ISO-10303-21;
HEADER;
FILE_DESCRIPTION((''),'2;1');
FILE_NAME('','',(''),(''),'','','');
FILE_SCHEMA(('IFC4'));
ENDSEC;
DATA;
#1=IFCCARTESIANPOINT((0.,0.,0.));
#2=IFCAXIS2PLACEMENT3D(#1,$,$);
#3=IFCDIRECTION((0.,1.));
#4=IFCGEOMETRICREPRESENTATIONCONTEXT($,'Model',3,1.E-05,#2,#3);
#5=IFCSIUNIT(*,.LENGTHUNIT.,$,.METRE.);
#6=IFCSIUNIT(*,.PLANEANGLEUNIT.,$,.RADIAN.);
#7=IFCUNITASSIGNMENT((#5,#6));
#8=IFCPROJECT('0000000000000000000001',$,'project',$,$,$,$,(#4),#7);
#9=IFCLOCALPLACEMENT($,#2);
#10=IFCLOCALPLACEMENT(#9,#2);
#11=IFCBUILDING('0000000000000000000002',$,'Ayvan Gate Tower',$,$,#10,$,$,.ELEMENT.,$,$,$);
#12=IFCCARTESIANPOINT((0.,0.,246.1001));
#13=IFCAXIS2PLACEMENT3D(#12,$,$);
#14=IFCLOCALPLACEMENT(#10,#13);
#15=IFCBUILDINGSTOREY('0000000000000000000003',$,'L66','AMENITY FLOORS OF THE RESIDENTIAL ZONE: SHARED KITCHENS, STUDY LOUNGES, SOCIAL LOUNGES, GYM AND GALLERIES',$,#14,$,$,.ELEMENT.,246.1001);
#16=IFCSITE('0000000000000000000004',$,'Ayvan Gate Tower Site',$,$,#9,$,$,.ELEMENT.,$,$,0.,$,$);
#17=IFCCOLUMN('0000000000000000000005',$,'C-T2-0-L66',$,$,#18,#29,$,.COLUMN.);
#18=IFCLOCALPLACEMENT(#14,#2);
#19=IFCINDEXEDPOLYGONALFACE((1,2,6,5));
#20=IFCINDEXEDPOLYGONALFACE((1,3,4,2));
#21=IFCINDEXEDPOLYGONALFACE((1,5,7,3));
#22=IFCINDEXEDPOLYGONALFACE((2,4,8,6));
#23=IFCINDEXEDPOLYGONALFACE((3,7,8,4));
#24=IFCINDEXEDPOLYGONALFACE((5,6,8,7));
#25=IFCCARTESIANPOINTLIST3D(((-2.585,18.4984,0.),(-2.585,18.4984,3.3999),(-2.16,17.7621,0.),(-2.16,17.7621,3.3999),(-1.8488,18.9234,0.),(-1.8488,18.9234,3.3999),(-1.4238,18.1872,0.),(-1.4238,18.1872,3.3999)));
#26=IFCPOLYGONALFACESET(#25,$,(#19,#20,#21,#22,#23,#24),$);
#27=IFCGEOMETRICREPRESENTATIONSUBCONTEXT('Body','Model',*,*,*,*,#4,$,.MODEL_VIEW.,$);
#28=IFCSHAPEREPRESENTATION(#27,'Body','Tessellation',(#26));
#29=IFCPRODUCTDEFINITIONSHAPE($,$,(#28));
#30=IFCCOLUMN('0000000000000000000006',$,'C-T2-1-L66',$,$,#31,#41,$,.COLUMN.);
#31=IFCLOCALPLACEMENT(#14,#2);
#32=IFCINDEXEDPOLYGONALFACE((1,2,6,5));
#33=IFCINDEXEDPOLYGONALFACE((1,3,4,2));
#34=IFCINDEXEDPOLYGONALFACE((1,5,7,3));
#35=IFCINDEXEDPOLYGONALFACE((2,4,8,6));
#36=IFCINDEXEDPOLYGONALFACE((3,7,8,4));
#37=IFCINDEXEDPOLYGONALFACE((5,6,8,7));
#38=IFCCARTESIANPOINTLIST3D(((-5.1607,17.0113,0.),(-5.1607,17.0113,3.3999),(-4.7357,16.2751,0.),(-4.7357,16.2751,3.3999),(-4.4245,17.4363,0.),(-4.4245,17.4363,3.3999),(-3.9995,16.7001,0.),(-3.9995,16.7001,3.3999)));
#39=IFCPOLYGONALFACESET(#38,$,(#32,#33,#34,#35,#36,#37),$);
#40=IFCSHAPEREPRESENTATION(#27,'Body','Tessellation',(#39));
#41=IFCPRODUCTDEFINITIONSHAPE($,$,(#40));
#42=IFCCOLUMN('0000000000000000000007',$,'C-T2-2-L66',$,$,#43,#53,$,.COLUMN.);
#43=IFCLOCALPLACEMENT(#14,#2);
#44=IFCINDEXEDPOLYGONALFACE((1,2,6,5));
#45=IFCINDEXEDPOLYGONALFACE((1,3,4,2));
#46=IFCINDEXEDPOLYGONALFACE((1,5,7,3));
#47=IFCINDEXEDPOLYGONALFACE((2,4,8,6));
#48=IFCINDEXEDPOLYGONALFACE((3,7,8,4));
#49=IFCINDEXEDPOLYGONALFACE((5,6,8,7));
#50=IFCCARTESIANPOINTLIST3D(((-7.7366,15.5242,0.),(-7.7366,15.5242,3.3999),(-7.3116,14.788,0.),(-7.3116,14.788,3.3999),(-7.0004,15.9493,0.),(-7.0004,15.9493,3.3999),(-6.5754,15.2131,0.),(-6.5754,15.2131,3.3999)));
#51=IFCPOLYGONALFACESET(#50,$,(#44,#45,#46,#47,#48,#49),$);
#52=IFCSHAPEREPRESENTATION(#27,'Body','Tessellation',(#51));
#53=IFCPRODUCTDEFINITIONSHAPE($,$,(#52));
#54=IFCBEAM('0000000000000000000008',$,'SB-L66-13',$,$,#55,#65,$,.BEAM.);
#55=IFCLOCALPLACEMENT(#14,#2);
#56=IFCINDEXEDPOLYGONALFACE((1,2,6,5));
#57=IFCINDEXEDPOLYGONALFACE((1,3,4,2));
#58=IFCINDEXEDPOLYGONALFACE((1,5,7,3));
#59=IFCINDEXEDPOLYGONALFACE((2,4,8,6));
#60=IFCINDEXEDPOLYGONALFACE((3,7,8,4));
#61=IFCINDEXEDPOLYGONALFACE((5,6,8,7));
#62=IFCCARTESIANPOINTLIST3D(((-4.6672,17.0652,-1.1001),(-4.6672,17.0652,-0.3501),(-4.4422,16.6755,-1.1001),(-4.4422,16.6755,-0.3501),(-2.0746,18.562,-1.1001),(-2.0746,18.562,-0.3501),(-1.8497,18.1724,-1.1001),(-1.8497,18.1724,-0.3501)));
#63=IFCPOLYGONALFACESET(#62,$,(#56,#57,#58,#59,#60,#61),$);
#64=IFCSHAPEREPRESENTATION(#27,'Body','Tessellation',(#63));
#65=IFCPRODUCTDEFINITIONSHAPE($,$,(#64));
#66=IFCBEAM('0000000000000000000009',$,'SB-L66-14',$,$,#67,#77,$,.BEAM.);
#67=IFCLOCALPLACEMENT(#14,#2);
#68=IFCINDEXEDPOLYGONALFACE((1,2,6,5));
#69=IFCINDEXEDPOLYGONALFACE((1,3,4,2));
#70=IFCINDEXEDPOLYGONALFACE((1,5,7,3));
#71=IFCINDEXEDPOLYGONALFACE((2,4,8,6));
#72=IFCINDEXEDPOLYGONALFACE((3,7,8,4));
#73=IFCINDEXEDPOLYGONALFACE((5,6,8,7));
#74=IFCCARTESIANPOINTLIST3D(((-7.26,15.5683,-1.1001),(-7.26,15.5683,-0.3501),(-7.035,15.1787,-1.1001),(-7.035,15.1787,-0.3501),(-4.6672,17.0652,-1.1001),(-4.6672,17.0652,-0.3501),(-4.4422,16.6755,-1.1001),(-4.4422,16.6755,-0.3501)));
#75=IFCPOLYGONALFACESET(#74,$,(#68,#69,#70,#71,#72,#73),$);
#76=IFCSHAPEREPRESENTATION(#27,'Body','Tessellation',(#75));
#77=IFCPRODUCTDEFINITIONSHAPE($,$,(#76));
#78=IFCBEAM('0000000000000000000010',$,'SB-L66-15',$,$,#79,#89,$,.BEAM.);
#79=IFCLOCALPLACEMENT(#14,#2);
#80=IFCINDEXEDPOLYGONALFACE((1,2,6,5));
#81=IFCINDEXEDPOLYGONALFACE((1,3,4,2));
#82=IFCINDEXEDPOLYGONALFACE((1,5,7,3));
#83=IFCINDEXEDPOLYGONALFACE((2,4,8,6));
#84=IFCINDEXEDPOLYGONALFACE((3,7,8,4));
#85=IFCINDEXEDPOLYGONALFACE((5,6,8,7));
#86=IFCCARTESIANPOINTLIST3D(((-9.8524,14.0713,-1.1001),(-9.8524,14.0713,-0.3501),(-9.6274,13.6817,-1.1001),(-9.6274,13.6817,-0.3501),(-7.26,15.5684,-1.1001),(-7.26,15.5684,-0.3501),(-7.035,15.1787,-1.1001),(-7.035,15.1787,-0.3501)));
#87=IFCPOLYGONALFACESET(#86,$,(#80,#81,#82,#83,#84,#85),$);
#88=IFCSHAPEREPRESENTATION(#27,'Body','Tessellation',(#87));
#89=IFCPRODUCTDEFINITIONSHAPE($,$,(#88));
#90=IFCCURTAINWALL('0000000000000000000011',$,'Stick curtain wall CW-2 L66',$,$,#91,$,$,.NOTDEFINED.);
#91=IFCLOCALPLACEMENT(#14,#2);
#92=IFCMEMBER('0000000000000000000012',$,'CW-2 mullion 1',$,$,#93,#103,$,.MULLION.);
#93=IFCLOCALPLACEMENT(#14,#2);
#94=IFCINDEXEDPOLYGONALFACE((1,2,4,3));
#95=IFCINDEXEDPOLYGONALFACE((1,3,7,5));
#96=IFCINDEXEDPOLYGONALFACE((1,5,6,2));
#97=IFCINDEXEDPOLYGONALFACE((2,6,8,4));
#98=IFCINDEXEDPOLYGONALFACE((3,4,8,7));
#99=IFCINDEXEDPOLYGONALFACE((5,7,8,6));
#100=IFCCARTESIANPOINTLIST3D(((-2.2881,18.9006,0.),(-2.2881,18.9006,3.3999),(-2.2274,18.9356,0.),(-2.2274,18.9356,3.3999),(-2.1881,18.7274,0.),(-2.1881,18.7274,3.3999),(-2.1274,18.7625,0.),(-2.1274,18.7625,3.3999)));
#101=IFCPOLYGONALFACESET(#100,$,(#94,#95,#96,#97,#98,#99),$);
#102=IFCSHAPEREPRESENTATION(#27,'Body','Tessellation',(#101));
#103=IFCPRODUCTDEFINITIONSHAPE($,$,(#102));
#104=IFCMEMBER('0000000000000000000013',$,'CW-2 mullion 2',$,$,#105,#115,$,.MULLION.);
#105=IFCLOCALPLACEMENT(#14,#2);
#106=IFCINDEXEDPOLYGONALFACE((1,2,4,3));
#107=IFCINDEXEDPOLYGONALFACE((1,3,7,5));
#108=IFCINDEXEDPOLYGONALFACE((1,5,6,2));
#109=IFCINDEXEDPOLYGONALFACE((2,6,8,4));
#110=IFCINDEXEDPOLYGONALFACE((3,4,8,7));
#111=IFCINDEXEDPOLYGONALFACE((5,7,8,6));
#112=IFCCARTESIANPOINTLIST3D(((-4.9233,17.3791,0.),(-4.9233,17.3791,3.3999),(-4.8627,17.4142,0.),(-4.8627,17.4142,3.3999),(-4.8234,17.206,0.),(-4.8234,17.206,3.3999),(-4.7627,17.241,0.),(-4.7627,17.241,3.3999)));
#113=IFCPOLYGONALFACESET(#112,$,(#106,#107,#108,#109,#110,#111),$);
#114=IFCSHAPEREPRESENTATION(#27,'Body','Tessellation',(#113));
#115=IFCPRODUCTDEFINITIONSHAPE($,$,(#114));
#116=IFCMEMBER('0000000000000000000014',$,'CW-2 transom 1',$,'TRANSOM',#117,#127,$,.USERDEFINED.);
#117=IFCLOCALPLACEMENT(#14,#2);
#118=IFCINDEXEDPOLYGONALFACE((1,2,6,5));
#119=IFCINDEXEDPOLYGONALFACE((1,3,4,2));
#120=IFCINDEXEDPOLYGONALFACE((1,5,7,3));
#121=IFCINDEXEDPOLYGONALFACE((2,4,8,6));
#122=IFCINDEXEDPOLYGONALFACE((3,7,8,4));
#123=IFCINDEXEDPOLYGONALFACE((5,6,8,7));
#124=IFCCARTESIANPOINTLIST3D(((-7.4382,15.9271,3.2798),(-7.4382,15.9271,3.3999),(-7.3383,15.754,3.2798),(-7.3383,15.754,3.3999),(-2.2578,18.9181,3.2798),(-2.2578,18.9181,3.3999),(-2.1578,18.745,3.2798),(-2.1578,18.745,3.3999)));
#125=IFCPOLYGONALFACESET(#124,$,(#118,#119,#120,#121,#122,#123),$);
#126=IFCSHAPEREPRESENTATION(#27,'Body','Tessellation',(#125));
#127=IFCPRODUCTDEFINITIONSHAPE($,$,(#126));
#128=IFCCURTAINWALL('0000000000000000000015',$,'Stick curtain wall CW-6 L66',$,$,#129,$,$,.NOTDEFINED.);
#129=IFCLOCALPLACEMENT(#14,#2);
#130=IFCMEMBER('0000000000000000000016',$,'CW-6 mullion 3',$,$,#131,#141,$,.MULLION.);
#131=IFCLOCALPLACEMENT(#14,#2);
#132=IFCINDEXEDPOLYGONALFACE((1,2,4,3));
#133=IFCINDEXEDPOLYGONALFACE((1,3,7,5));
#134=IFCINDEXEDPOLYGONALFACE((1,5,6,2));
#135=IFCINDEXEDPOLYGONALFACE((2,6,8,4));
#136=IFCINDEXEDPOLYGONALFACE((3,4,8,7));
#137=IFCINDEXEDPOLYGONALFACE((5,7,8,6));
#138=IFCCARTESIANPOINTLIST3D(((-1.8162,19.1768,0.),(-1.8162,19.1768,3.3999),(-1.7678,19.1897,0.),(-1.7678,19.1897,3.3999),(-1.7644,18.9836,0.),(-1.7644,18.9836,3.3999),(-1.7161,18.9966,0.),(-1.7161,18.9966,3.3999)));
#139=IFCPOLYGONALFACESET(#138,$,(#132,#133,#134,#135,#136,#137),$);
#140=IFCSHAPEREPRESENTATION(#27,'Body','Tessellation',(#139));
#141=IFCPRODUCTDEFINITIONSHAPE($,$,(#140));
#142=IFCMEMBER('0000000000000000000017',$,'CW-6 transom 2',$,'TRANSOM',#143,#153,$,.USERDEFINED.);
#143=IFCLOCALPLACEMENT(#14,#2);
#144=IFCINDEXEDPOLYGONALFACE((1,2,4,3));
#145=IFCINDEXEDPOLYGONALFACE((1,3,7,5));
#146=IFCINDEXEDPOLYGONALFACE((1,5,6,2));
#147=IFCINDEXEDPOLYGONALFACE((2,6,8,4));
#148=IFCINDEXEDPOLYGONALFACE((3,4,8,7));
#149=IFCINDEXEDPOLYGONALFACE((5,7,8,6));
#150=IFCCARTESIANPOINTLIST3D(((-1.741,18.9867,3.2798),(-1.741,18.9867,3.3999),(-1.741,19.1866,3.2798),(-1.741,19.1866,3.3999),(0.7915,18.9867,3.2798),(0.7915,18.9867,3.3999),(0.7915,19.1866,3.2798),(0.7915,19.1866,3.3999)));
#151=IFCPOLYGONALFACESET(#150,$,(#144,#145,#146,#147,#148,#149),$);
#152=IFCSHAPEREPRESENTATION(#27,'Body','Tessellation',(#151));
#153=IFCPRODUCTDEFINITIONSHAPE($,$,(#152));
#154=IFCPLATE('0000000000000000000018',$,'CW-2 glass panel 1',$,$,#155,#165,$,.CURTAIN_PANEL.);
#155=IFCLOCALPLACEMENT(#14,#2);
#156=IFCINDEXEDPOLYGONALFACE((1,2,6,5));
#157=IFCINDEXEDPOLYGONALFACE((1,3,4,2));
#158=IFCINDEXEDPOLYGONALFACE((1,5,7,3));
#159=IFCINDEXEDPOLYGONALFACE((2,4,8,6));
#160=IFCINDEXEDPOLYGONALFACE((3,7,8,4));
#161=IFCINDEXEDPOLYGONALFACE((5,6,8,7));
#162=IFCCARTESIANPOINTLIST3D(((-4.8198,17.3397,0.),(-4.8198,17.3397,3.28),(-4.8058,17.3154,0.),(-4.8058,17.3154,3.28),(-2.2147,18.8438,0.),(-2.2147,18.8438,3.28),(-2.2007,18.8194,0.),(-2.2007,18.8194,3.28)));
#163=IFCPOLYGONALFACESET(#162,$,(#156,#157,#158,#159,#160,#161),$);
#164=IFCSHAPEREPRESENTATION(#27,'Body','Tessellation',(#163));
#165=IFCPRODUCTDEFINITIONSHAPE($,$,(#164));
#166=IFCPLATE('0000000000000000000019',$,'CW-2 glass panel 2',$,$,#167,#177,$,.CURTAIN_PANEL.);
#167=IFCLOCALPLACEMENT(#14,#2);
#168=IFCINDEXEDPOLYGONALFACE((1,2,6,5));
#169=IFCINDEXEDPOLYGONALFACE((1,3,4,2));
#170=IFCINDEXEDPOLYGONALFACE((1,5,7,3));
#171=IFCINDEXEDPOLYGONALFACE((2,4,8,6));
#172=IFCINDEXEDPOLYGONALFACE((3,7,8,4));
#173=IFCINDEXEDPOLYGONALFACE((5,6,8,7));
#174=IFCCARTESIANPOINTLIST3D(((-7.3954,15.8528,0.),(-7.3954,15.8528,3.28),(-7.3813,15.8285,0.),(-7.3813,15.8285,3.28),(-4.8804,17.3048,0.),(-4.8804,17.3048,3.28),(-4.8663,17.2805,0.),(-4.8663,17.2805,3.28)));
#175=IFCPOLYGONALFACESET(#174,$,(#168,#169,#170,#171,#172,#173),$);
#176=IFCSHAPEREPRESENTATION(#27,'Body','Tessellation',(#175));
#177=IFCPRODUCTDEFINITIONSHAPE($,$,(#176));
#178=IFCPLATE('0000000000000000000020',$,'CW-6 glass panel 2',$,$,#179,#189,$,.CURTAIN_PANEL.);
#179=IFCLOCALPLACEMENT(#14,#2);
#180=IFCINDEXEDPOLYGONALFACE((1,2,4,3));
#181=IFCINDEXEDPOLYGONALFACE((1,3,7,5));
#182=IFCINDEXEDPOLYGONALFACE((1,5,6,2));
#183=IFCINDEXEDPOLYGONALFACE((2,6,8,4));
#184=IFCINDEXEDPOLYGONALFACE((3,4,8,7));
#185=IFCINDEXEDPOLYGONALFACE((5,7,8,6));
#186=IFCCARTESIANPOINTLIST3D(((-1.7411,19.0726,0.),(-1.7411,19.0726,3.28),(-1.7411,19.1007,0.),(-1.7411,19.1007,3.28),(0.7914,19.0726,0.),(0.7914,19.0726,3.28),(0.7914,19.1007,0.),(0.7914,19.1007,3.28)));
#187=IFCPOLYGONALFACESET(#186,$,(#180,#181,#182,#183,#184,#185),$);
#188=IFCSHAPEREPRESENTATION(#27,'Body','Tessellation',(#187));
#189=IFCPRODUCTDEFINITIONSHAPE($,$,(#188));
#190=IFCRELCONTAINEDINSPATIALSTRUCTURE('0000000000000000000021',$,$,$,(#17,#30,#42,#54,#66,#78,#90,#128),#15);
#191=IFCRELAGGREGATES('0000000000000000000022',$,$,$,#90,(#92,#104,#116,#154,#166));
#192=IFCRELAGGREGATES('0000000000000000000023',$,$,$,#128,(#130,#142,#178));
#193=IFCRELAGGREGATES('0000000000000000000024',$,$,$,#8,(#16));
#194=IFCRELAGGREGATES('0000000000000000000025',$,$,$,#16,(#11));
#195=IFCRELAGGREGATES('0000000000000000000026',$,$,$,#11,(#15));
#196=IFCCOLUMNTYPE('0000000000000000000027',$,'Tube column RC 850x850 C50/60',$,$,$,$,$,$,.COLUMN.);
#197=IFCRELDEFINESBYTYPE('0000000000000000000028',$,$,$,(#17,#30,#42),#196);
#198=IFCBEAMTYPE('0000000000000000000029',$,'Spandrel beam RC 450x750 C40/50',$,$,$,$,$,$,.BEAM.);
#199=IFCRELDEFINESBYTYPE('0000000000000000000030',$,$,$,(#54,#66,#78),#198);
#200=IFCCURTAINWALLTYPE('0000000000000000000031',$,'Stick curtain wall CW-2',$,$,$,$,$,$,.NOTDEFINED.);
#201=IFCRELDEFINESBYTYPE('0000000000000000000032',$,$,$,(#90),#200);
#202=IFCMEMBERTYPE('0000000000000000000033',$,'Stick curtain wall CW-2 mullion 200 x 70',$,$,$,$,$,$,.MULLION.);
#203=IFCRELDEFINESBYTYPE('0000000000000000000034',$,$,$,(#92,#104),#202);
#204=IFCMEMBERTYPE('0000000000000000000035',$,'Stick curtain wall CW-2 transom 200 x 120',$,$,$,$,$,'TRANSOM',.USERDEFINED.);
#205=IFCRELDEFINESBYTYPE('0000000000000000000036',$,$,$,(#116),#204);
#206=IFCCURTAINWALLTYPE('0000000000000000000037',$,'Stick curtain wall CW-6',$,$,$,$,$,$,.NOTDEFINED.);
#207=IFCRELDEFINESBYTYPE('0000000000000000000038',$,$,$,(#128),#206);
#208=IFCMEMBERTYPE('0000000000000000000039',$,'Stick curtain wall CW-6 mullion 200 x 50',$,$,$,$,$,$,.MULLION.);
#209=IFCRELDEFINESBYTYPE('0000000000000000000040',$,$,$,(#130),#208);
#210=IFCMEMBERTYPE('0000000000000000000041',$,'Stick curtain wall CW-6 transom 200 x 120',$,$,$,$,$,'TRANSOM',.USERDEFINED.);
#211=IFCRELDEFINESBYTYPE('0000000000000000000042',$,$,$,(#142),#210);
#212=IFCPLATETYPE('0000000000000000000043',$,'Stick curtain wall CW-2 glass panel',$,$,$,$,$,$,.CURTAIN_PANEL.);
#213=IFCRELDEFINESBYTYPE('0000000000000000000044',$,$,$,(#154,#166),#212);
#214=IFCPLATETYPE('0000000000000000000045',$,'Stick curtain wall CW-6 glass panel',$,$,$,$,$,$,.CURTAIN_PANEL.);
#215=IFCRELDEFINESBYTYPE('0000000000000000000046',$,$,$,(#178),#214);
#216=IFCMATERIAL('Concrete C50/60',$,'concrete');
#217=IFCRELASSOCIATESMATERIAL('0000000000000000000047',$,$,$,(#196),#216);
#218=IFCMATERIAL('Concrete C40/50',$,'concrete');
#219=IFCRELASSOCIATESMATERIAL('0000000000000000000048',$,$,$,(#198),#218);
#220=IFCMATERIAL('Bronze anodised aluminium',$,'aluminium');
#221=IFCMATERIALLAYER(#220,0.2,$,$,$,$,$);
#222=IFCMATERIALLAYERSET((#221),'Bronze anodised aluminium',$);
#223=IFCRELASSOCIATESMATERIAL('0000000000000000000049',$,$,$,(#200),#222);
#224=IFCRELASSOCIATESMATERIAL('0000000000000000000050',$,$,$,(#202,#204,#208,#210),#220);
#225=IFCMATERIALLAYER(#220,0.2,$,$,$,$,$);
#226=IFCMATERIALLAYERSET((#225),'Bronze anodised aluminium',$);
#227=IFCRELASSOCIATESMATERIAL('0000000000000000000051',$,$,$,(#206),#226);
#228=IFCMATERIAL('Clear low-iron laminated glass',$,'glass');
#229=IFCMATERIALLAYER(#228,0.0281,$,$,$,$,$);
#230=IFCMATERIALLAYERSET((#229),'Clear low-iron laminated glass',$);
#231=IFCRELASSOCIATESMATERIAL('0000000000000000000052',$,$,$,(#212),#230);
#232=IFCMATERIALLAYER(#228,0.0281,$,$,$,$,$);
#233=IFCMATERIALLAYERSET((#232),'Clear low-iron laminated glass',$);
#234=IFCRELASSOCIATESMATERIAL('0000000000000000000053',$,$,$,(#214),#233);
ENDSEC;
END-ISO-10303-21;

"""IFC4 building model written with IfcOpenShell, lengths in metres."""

from ifc_helpers import new_model, si_unit, direction, frame, origin, origin_2d, place, context, subcontext, project, spatial, rectangle, extrude, material, layer, layer_set, material_profile, profile_set, type_object, element, aggregate, save


model = new_model("IFC4")

# Units and contexts
model_context = context("Model", 3, precision=1e-05, world=origin(), true_north=direction((0.0, 1.0)))
body_context = subcontext(model_context, "Body", "Model", "MODEL_VIEW")
ifc_project = project(units=[si_unit("LENGTHUNIT", "METRE"), si_unit("PLANEANGLEUNIT", "RADIAN")], contexts=[model_context])

# Site, building, storey
site_placement = place(None, origin())
site = spatial("IfcSite", under=ifc_project, at=site_placement, Name="Ayvan Gate Tower Site", CompositionType="ELEMENT", RefElevation=0.0)
building_placement = place(site_placement, origin())
building = spatial("IfcBuilding", under=site, at=building_placement, Name="Ayvan Gate Tower", CompositionType="ELEMENT")
storey_placement = place(building_placement, frame((0.0, 0.0, 246.1001)))
storey = spatial("IfcBuildingStorey", under=building, at=storey_placement, Name="L66", Description="AMENITY FLOORS OF THE RESIDENTIAL ZONE: SHARED KITCHENS, STUDY LOUNGES, SOCIAL LOUNGES, GYM AND GALLERIES", CompositionType="ELEMENT", Elevation=246.1001)

# Columns
ifc_material_1 = material(Name="Concrete C50/60", Category="concrete")
ifc_material_profile_1 = material_profile(ifc_material_1, rectangle(XDim=0.8501, YDim=0.8501, at=origin_2d()), Name="RC 850x850")
ifc_profile_set_1 = profile_set([ifc_material_profile_1], Name="Concrete C50/60")
column_type = type_object("IfcColumnType", Name="Tube column RC 850x850 C50/60", PredefinedType="COLUMN", material=ifc_profile_set_1)
for number, where, z_axis, x_axis, name in (
    (1, (-2.0044, 18.3428, 0.0), (0.0, 0.0, 1.0), (-0.5, 0.866025, 0.0), "C-T2-0-L66"),
    (2, (-4.5801, 16.8557, 0.0), (0.0, 0.0, 1.0), (-0.5, 0.866025, 0.0), "C-T2-1-L66"),
    (3, (-7.156, 15.3687, 0.0), (0.0, 0.0, 1.0), (-0.5, 0.866025, 0.0), "C-T2-2-L66"),
):
    element("IfcColumn", number, at=place(storey_placement, frame(where, z_axis=z_axis, x_axis=x_axis)), inside=storey, type_object=column_type, Name=name, PredefinedType="COLUMN", context=body_context, shape_type="SweptSolid", body=[
        extrude(rectangle(XDim=0.8501, YDim=0.8501, at=origin_2d()), origin(), (0.0, 0.0, 1.0), 3.3999),
    ])

# Beams
ifc_material_2 = material(Name="Concrete C40/50", Category="concrete")
ifc_material_profile_2 = material_profile(ifc_material_2, rectangle(XDim=0.45, YDim=0.75, at=origin_2d()), Name="RC 450x750")
ifc_profile_set_2 = profile_set([ifc_material_profile_2], Name="Concrete C40/50")
beam_type = type_object("IfcBeamType", Name="Spandrel beam RC 450x750 C40/50", PredefinedType="BEAM", material=ifc_profile_set_2)
beam_1_placement = place(storey_placement, frame((-1.9622, 18.3672, -0.7251), z_axis=(-0.866021, -0.500007, 0.0), x_axis=(0.500007, -0.866021, 0.0)))
element("IfcBeam", 4, at=beam_1_placement, inside=storey, type_object=beam_type, Name="SB-L66-13", PredefinedType="BEAM", context=body_context, shape_type="SweptSolid", body=[
    extrude(rectangle(XDim=0.45, YDim=0.75, at=origin_2d()), origin(), (0.0, 0.0, 1.0), 2.9937),
])
beam_2_placement = place(storey_placement, frame((-4.5547, 16.8704, -0.7251), z_axis=(-0.866042, -0.499972, 0.0), x_axis=(0.499972, -0.866042, 0.0)))
element("IfcBeam", 5, at=beam_2_placement, inside=storey, type_object=beam_type, Name="SB-L66-14", PredefinedType="BEAM", context=body_context, shape_type="SweptSolid", body=[
    extrude(rectangle(XDim=0.45, YDim=0.75, at=origin_2d()), origin(), (0.0, 0.0, 1.0), 2.9939),
])
beam_3_placement = place(storey_placement, frame((-7.1475, 15.3735, -0.7251), z_axis=(-0.865986, -0.500068, 0.0), x_axis=(0.500068, -0.865986, 0.0)))
element("IfcBeam", 6, at=beam_3_placement, inside=storey, type_object=beam_type, Name="SB-L66-15", PredefinedType="BEAM", context=body_context, shape_type="SweptSolid", body=[
    extrude(rectangle(XDim=0.45, YDim=0.75, at=origin_2d()), origin(), (0.0, 0.0, 1.0), 2.9937),
])

# Curtain walls, members
ifc_material_3 = material(Name="Bronze anodised aluminium", Category="aluminium")
ifc_layer_1 = layer(ifc_material_3, 0.2)
ifc_layer_set_1 = layer_set([ifc_layer_1], Name="Bronze anodised aluminium")
curtain_wall_type_1 = type_object("IfcCurtainWallType", Name="Stick curtain wall CW-2", PredefinedType="NOTDEFINED", material=ifc_layer_set_1)
curtain_wall_1_placement = place(storey_placement, origin())
curtain_wall_1 = element("IfcCurtainWall", 7, at=curtain_wall_1_placement, inside=storey, type_object=curtain_wall_type_1, Name="Stick curtain wall CW-2 L66", PredefinedType="NOTDEFINED")
ifc_material_profile_3 = material_profile(ifc_material_3, rectangle(XDim=0.2, YDim=0.0701, at=origin_2d()), Name="Stick curtain wall CW-2 mullion 200 x 70")
ifc_profile_set_3 = profile_set([ifc_material_profile_3], Name="Bronze anodised aluminium")
member_type_1 = type_object("IfcMemberType", Name="Stick curtain wall CW-2 mullion 200 x 70", PredefinedType="MULLION", material=ifc_profile_set_3)
member_1_placement = place(storey_placement, frame((-2.2078, 18.8315, 0.0), z_axis=(0.0, 0.0, 1.0), x_axis=(-0.5, 0.866025, 0.0)))
member_1 = element("IfcMember", 8, at=member_1_placement, type_object=member_type_1, Name="CW-2 mullion 1", PredefinedType="MULLION", context=body_context, shape_type="SweptSolid", body=[
    extrude(rectangle(XDim=0.2, YDim=0.0701, at=origin_2d()), origin(), (0.0, 0.0, 1.0), 3.3999),
])
member_2_placement = place(storey_placement, frame((-4.843, 17.3101, 0.0), z_axis=(0.0, 0.0, 1.0), x_axis=(-0.5, 0.866025, 0.0)))
member_2 = element("IfcMember", 9, at=member_2_placement, type_object=member_type_1, Name="CW-2 mullion 2", PredefinedType="MULLION", context=body_context, shape_type="SweptSolid", body=[
    extrude(rectangle(XDim=0.2, YDim=0.0701, at=origin_2d()), origin(), (0.0, 0.0, 1.0), 3.3999),
])
ifc_material_profile_4 = material_profile(ifc_material_3, rectangle(XDim=0.2, YDim=0.1201, at=origin_2d()), Name="Stick curtain wall CW-2 transom 200 x 120")
ifc_profile_set_4 = profile_set([ifc_material_profile_4], Name="Bronze anodised aluminium")
member_type_2 = type_object("IfcMemberType", Name="Stick curtain wall CW-2 transom 200 x 120", ElementType="TRANSOM", PredefinedType="USERDEFINED", material=ifc_profile_set_4)
member_3_placement = place(storey_placement, frame((-2.2078, 18.8315, 3.3398), z_axis=(-0.866022, -0.500006, 0.0), x_axis=(0.500006, -0.866022, 0.0)))
member_3 = element("IfcMember", 10, at=member_3_placement, type_object=member_type_2, Name="CW-2 transom 1", ObjectType="TRANSOM", PredefinedType="USERDEFINED", context=body_context, shape_type="SweptSolid", body=[
    extrude(rectangle(XDim=0.2, YDim=0.1201, at=origin_2d()), origin(), (0.0, 0.0, 1.0), 5.9819),
])
ifc_layer_2 = layer(ifc_material_3, 0.2)
ifc_layer_set_2 = layer_set([ifc_layer_2], Name="Bronze anodised aluminium")
curtain_wall_type_2 = type_object("IfcCurtainWallType", Name="Stick curtain wall CW-6", PredefinedType="NOTDEFINED", material=ifc_layer_set_2)
curtain_wall_2_placement = place(storey_placement, origin())
curtain_wall_2 = element("IfcCurtainWall", 11, at=curtain_wall_2_placement, inside=storey, type_object=curtain_wall_type_2, Name="Stick curtain wall CW-6 L66", PredefinedType="NOTDEFINED")
ifc_material_profile_5 = material_profile(ifc_material_3, rectangle(XDim=0.2, YDim=0.05, at=origin_2d()), Name="Stick curtain wall CW-6 mullion 200 x 50")
ifc_profile_set_5 = profile_set([ifc_material_profile_5], Name="Bronze anodised aluminium")
member_type_3 = type_object("IfcMemberType", Name="Stick curtain wall CW-6 mullion 200 x 50", PredefinedType="MULLION", material=ifc_profile_set_5)
member_4_placement = place(storey_placement, frame((-1.7661, 19.0867, 0.0), z_axis=(0.0, 0.0, 1.0), x_axis=(-0.258819, 0.965926, 0.0)))
member_4 = element("IfcMember", 12, at=member_4_placement, type_object=member_type_3, Name="CW-6 mullion 3", PredefinedType="MULLION", context=body_context, shape_type="SweptSolid", body=[
    extrude(rectangle(XDim=0.2, YDim=0.05, at=origin_2d()), origin(), (0.0, 0.0, 1.0), 3.3999),
])
ifc_material_profile_6 = material_profile(ifc_material_3, rectangle(XDim=0.2, YDim=0.1201, at=origin_2d()), Name="Stick curtain wall CW-6 transom 200 x 120")
ifc_profile_set_6 = profile_set([ifc_material_profile_6], Name="Bronze anodised aluminium")
member_type_4 = type_object("IfcMemberType", Name="Stick curtain wall CW-6 transom 200 x 120", ElementType="TRANSOM", PredefinedType="USERDEFINED", material=ifc_profile_set_6)
member_5_placement = place(storey_placement, frame((0.7915, 19.0867, 3.3398), z_axis=(-1.0, 0.0, 0.0), x_axis=(0.0, -1.0, 0.0)))
member_5 = element("IfcMember", 13, at=member_5_placement, type_object=member_type_4, Name="CW-6 transom 2", ObjectType="TRANSOM", PredefinedType="USERDEFINED", context=body_context, shape_type="SweptSolid", body=[
    extrude(rectangle(XDim=0.2, YDim=0.1201, at=origin_2d()), origin(), (0.0, 0.0, 1.0), 2.5325),
])

# Plates
ifc_material_4 = material(Name="Clear low-iron laminated glass", Category="glass")
ifc_layer_3 = layer(ifc_material_4, 0.0281)
ifc_layer_set_3 = layer_set([ifc_layer_3], Name="Clear low-iron laminated glass")
plate_type_1 = type_object("IfcPlateType", Name="Stick curtain wall CW-2 glass panel", PredefinedType="CURTAIN_PANEL", material=ifc_layer_set_3)
plate_1_placement = place(storey_placement, frame((-3.5103, 18.0796, 0.0), z_axis=(0.0, 0.0, 1.0), x_axis=(-0.866025, -0.5, 0.0)))
plate_1 = element("IfcPlate", 14, at=plate_1_placement, type_object=plate_type_1, Name="CW-2 glass panel 1", PredefinedType="CURTAIN_PANEL", context=body_context, shape_type="SweptSolid", body=[
    extrude(rectangle(XDim=3.0081, YDim=0.0281, at=origin_2d()), origin(), (0.0, 0.0, 1.0), 3.28),
])
plate_2_placement = place(storey_placement, frame((-6.1309, 16.5667, 0.0), z_axis=(0.0, 0.0, 1.0), x_axis=(-0.866025, -0.5, 0.0)))
plate_2 = element("IfcPlate", 15, at=plate_2_placement, type_object=plate_type_1, Name="CW-2 glass panel 2", PredefinedType="CURTAIN_PANEL", context=body_context, shape_type="SweptSolid", body=[
    extrude(rectangle(XDim=2.9041, YDim=0.0281, at=origin_2d()), origin(), (0.0, 0.0, 1.0), 3.28),
])
aggregate(curtain_wall_1, [member_1, member_2, member_3, plate_1, plate_2])
ifc_layer_4 = layer(ifc_material_4, 0.0281)
ifc_layer_set_4 = layer_set([ifc_layer_4], Name="Clear low-iron laminated glass")
plate_type_2 = type_object("IfcPlateType", Name="Stick curtain wall CW-6 glass panel", PredefinedType="CURTAIN_PANEL", material=ifc_layer_set_4)
plate_3_placement = place(storey_placement, frame((-0.4749, 19.0867, 0.0), z_axis=(0.0, 0.0, 1.0), x_axis=(-1.0, 0.0, 0.0)))
plate_3 = element("IfcPlate", 16, at=plate_3_placement, type_object=plate_type_2, Name="CW-6 glass panel 2", PredefinedType="CURTAIN_PANEL", context=body_context, shape_type="SweptSolid", body=[
    extrude(rectangle(XDim=2.5325, YDim=0.0281, at=origin_2d()), origin(), (0.0, 0.0, 1.0), 3.28),
])
aggregate(curtain_wall_2, [member_4, member_5, plate_3])

save(model, "model.ifc")
